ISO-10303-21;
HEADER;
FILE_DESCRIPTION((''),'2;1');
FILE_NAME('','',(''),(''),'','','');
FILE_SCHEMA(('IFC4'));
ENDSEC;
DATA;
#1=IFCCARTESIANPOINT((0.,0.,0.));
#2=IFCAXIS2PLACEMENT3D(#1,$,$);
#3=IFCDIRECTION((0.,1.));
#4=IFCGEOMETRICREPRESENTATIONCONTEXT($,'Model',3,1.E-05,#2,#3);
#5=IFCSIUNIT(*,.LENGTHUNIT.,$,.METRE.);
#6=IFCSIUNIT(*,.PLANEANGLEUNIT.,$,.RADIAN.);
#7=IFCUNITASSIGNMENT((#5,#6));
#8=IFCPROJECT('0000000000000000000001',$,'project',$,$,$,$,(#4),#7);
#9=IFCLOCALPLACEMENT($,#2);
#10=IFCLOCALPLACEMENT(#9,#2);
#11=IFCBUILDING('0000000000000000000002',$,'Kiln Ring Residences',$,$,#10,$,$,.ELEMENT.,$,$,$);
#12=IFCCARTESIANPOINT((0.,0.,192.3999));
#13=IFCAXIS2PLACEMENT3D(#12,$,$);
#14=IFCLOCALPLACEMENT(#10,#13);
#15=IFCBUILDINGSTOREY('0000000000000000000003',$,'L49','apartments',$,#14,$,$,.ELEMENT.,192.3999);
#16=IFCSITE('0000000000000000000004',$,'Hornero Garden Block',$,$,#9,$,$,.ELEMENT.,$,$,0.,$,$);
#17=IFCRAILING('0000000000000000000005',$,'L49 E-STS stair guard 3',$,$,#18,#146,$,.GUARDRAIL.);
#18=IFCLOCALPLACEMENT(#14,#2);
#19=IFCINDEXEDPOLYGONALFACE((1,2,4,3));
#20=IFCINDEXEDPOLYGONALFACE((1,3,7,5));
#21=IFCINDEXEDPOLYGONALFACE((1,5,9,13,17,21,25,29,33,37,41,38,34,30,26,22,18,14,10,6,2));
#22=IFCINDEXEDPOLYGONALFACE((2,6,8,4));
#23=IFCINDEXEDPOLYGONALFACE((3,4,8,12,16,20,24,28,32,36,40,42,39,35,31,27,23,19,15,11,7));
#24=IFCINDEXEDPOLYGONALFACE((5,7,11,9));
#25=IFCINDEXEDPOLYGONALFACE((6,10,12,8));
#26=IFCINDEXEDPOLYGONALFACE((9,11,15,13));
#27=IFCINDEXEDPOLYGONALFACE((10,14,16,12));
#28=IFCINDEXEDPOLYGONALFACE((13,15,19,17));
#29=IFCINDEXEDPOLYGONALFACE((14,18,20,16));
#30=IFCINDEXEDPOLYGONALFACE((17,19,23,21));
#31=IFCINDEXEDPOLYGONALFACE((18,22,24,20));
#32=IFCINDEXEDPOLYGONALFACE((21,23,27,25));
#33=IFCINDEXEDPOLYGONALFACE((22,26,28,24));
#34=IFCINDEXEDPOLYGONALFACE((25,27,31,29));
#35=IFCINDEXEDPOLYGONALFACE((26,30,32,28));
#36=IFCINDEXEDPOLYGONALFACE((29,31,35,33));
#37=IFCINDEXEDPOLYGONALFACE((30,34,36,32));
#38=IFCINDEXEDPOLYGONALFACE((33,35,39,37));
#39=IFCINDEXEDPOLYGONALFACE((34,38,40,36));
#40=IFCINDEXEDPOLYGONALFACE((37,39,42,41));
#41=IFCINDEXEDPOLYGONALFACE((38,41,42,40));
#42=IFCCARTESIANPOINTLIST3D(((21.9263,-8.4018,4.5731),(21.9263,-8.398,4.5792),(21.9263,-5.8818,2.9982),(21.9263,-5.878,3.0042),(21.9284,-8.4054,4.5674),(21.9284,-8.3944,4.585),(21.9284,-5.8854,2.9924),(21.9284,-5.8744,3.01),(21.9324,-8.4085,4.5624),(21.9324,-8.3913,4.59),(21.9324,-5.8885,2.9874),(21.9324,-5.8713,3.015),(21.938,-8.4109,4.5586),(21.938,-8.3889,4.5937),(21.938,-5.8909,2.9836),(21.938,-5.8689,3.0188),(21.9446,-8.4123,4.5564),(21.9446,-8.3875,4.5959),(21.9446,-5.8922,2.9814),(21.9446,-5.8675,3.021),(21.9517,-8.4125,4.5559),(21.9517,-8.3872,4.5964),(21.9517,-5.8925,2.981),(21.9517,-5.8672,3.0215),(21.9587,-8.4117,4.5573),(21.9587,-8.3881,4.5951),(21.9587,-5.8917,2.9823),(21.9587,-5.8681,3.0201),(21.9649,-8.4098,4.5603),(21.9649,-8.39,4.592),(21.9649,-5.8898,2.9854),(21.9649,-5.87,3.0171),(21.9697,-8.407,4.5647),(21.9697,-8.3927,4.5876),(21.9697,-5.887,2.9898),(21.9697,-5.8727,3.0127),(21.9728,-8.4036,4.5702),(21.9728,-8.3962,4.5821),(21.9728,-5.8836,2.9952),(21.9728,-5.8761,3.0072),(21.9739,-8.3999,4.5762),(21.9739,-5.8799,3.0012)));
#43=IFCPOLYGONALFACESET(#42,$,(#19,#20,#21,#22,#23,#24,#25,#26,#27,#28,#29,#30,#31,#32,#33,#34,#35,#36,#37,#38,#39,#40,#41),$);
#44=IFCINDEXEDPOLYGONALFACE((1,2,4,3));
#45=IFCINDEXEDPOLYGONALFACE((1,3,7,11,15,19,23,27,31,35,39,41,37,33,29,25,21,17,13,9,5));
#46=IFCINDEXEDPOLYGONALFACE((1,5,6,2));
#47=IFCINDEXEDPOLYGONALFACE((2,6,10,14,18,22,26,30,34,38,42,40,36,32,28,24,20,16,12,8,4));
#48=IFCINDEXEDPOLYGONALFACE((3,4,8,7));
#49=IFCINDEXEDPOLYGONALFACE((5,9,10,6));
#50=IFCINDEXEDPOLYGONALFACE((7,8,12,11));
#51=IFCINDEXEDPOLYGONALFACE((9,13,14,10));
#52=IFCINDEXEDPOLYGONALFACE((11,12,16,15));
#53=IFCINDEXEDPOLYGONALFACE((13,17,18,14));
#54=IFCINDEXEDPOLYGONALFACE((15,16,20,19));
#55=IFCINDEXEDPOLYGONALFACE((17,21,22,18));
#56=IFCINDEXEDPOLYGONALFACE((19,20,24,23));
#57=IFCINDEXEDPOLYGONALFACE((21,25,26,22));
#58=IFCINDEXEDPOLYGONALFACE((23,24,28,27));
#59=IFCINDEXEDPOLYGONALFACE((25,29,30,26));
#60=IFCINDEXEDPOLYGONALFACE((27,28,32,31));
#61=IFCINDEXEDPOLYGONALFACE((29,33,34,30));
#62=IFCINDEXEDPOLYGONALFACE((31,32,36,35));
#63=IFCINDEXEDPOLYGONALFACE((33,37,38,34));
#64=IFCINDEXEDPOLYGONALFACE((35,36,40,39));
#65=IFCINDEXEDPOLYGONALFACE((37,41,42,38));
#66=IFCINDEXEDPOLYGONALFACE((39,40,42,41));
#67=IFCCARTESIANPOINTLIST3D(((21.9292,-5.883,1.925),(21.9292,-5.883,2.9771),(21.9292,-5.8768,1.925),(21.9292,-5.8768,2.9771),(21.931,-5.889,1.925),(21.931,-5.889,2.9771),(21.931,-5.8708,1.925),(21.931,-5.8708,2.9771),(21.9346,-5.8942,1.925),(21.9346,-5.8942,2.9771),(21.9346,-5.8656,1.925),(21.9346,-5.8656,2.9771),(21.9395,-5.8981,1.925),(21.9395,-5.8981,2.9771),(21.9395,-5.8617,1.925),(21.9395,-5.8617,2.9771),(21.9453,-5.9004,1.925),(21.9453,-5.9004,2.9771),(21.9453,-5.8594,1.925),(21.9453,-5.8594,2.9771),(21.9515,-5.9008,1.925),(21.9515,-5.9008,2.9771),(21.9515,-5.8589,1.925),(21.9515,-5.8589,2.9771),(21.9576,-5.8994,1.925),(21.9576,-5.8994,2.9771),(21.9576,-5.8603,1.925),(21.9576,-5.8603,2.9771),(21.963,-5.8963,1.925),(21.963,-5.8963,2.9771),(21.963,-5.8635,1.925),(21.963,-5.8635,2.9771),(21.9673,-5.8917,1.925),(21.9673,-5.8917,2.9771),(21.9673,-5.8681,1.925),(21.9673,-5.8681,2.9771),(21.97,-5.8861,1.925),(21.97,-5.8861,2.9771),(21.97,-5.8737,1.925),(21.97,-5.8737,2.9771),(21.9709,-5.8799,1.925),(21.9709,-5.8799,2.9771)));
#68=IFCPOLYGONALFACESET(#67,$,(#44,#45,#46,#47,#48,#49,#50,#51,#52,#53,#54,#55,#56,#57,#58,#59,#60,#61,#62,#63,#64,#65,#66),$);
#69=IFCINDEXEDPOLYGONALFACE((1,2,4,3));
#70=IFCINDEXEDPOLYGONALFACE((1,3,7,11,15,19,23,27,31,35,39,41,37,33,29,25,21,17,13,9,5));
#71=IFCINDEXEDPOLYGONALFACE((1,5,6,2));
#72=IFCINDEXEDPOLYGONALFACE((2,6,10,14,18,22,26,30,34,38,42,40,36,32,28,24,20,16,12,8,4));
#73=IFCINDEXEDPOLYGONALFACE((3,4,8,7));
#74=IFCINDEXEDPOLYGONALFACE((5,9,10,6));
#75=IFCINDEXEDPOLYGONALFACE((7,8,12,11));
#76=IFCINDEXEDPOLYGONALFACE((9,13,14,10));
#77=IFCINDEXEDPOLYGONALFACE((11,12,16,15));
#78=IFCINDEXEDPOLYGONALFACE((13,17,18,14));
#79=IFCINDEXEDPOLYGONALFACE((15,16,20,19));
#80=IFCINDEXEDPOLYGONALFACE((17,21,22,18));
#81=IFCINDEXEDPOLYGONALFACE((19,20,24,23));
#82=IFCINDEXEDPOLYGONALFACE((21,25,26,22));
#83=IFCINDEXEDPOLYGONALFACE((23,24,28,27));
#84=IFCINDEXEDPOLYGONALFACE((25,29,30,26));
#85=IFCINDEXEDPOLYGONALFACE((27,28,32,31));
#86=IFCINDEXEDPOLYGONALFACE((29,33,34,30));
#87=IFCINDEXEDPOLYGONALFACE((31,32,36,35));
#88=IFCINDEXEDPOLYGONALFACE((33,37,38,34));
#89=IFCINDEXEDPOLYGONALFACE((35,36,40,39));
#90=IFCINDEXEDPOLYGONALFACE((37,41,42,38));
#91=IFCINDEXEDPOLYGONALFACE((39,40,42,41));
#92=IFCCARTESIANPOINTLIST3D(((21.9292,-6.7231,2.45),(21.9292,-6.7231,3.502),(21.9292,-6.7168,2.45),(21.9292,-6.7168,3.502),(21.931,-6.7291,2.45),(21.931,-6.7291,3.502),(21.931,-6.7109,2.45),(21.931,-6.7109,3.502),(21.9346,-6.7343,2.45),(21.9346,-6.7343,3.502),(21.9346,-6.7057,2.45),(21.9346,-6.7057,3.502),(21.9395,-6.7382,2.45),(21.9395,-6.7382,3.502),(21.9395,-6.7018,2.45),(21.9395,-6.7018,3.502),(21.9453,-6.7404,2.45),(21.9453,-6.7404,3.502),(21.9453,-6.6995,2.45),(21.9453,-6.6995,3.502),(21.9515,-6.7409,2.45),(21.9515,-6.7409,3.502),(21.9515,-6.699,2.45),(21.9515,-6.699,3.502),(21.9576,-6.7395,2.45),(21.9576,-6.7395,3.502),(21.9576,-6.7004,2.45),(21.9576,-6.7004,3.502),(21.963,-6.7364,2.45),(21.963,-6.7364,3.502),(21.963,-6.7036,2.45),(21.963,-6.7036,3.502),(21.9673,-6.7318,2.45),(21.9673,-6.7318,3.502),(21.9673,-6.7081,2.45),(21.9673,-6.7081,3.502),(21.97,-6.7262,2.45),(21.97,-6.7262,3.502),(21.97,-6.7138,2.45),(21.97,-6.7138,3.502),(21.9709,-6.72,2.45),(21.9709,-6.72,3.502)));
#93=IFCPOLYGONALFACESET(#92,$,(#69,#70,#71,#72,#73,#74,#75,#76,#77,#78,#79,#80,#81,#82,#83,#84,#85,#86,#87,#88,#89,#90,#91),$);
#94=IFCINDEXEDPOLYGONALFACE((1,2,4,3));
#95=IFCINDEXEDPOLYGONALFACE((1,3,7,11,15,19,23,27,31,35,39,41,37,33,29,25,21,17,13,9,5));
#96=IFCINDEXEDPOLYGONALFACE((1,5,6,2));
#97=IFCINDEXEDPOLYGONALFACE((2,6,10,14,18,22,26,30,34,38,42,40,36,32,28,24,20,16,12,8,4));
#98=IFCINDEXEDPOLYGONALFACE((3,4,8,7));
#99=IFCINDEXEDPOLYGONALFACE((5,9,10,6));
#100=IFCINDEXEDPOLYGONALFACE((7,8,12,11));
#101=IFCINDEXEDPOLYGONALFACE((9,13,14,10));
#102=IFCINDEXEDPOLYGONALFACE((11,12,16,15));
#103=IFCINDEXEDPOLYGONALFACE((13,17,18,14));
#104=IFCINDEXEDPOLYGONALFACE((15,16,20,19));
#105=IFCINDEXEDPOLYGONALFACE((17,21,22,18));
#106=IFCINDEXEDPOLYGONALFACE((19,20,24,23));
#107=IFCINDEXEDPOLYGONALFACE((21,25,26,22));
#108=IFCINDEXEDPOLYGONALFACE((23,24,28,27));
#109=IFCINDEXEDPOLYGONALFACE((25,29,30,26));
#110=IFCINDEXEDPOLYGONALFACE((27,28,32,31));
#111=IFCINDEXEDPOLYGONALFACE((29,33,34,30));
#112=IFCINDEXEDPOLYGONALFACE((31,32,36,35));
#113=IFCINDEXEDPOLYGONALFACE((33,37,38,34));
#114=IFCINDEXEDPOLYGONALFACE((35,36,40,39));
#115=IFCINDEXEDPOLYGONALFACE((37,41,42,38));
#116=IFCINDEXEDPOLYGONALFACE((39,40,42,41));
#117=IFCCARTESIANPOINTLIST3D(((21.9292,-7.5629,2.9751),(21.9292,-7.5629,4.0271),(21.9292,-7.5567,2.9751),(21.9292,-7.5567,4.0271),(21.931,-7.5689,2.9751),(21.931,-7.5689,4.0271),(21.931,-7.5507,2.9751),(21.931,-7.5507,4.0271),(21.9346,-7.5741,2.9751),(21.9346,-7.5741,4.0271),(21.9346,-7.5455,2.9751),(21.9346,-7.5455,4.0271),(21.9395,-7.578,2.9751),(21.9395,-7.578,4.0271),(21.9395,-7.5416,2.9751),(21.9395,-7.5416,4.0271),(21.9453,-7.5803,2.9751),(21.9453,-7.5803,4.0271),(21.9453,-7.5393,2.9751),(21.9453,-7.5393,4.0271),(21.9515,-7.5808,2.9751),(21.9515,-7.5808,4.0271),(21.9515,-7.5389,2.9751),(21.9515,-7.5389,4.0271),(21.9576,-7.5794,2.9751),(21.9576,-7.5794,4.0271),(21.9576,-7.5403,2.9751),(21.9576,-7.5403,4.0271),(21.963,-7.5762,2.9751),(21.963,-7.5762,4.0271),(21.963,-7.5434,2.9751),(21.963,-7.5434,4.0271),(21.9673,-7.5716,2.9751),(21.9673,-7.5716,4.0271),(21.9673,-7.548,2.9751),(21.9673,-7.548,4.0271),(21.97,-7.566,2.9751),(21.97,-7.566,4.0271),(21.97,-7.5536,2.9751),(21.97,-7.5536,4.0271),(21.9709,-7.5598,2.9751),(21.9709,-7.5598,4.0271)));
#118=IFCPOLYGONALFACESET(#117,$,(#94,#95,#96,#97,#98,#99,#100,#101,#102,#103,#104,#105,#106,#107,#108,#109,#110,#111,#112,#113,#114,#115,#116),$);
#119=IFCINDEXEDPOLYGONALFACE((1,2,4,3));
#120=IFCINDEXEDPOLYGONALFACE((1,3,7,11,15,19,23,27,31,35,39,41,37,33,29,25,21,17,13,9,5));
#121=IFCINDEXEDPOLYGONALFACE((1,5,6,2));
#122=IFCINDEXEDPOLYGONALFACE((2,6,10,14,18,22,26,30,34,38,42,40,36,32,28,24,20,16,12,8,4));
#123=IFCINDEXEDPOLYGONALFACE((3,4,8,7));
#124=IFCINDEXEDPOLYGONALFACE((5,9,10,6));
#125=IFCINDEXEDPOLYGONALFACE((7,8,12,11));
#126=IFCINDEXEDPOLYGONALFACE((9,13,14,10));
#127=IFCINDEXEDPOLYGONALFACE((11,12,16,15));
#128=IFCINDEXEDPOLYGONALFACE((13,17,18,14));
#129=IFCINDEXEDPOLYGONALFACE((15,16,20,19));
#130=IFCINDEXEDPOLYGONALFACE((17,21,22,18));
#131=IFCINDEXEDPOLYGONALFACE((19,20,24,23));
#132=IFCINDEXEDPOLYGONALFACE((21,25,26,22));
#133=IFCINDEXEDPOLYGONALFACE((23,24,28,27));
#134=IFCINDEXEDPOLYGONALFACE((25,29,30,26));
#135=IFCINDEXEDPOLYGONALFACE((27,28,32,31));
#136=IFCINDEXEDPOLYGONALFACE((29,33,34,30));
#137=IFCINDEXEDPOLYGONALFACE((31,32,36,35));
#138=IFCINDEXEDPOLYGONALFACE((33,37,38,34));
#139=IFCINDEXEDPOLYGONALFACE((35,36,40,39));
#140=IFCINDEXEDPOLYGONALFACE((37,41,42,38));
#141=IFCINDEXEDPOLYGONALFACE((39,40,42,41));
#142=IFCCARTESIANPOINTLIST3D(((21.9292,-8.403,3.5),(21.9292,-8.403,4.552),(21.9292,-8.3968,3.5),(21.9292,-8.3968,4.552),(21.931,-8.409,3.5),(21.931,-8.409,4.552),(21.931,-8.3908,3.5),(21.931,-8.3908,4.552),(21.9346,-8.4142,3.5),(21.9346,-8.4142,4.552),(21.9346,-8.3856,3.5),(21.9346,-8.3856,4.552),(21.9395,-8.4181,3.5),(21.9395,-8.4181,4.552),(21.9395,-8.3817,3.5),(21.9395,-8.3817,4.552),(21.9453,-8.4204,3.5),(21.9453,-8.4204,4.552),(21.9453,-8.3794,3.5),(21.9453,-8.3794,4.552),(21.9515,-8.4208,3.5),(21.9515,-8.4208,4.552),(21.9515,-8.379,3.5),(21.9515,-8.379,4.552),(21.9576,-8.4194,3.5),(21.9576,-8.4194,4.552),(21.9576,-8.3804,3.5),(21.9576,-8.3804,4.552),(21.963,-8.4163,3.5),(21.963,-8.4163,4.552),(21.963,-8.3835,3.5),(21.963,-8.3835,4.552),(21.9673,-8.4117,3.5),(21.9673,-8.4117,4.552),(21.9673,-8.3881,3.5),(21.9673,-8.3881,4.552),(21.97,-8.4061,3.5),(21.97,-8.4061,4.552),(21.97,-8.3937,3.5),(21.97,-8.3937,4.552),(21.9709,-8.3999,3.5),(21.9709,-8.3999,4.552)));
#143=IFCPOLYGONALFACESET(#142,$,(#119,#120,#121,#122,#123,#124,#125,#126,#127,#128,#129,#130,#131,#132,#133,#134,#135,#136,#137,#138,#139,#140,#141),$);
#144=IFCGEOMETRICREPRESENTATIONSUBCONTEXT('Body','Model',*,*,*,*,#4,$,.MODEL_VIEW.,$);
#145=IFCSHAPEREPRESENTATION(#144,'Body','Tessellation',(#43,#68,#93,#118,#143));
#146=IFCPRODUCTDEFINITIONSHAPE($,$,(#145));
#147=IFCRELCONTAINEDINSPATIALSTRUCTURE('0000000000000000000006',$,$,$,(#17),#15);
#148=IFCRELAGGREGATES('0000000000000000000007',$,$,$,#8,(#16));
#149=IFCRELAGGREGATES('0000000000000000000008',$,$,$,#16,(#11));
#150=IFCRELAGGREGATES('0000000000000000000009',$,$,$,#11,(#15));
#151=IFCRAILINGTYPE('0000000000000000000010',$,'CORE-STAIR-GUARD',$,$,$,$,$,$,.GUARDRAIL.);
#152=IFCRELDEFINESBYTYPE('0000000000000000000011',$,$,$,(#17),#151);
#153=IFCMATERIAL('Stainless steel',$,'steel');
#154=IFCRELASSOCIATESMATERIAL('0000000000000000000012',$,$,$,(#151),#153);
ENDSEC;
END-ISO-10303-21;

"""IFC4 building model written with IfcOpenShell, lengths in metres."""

from ifc_helpers import new_model, si_unit, direction, frame, origin, origin_2d, place, context, subcontext, project, spatial, circle, extrude, material, type_object, element, save


model = new_model("IFC4")

# Units and contexts
model_context = context("Model", 3, precision=1e-05, world=origin(), true_north=direction((0.0, 1.0)))
body_context = subcontext(model_context, "Body", "Model", "MODEL_VIEW")
ifc_project = project(units=[si_unit("LENGTHUNIT", "METRE"), si_unit("PLANEANGLEUNIT", "RADIAN")], contexts=[model_context])

# Site, building, storey
site_placement = place(None, origin())
site = spatial("IfcSite", under=ifc_project, at=site_placement, Name="Hornero Garden Block", CompositionType="ELEMENT", RefElevation=0.0)
building_placement = place(site_placement, origin())
building = spatial("IfcBuilding", under=site, at=building_placement, Name="Kiln Ring Residences", CompositionType="ELEMENT")
storey_placement = place(building_placement, frame((0.0, 0.0, 192.3999)))
storey = spatial("IfcBuildingStorey", under=building, at=storey_placement, Name="L49", Description="apartments", CompositionType="ELEMENT", Elevation=192.3999)

# Railing
ifc_material_1 = material(Name="Stainless steel", Category="steel")
railing_type_1 = type_object("IfcRailingType", Name="CORE-STAIR-GUARD", PredefinedType="GUARDRAIL", material=ifc_material_1)
railing_1_placement = place(storey_placement, frame((21.95, -5.8799, 1.925)))
element("IfcRailing", 1, at=railing_1_placement, inside=storey, type_object=railing_type_1, Name="L49 E-STS stair guard 3", PredefinedType="GUARDRAIL", context=body_context, shape_type="SweptSolid", body=[
    extrude(circle(Radius=0.0239, at=origin_2d()), frame((0.0, 0.0, 1.0762), z_axis=(0.0, -0.848008, 0.529984), x_axis=(1.0, 0.0, 0.0)), (0.0, 0.0, 1.0), 2.9717),
    extrude(circle(Radius=0.021, at=origin_2d()), origin(), (0.0, 0.0, 1.0), 1.052),
    extrude(circle(Radius=0.021, at=origin_2d()), frame((0.0, -0.8401, 0.5249)), (0.0, 0.0, 1.0), 1.052),
    extrude(circle(Radius=0.021, at=origin_2d()), frame((0.0, -1.6799, 1.05)), (0.0, 0.0, 1.0), 1.052),
    extrude(circle(Radius=0.021, at=origin_2d()), frame((0.0, -2.52, 1.575)), (0.0, 0.0, 1.0), 1.052),
])

save(model, "model.ifc")
